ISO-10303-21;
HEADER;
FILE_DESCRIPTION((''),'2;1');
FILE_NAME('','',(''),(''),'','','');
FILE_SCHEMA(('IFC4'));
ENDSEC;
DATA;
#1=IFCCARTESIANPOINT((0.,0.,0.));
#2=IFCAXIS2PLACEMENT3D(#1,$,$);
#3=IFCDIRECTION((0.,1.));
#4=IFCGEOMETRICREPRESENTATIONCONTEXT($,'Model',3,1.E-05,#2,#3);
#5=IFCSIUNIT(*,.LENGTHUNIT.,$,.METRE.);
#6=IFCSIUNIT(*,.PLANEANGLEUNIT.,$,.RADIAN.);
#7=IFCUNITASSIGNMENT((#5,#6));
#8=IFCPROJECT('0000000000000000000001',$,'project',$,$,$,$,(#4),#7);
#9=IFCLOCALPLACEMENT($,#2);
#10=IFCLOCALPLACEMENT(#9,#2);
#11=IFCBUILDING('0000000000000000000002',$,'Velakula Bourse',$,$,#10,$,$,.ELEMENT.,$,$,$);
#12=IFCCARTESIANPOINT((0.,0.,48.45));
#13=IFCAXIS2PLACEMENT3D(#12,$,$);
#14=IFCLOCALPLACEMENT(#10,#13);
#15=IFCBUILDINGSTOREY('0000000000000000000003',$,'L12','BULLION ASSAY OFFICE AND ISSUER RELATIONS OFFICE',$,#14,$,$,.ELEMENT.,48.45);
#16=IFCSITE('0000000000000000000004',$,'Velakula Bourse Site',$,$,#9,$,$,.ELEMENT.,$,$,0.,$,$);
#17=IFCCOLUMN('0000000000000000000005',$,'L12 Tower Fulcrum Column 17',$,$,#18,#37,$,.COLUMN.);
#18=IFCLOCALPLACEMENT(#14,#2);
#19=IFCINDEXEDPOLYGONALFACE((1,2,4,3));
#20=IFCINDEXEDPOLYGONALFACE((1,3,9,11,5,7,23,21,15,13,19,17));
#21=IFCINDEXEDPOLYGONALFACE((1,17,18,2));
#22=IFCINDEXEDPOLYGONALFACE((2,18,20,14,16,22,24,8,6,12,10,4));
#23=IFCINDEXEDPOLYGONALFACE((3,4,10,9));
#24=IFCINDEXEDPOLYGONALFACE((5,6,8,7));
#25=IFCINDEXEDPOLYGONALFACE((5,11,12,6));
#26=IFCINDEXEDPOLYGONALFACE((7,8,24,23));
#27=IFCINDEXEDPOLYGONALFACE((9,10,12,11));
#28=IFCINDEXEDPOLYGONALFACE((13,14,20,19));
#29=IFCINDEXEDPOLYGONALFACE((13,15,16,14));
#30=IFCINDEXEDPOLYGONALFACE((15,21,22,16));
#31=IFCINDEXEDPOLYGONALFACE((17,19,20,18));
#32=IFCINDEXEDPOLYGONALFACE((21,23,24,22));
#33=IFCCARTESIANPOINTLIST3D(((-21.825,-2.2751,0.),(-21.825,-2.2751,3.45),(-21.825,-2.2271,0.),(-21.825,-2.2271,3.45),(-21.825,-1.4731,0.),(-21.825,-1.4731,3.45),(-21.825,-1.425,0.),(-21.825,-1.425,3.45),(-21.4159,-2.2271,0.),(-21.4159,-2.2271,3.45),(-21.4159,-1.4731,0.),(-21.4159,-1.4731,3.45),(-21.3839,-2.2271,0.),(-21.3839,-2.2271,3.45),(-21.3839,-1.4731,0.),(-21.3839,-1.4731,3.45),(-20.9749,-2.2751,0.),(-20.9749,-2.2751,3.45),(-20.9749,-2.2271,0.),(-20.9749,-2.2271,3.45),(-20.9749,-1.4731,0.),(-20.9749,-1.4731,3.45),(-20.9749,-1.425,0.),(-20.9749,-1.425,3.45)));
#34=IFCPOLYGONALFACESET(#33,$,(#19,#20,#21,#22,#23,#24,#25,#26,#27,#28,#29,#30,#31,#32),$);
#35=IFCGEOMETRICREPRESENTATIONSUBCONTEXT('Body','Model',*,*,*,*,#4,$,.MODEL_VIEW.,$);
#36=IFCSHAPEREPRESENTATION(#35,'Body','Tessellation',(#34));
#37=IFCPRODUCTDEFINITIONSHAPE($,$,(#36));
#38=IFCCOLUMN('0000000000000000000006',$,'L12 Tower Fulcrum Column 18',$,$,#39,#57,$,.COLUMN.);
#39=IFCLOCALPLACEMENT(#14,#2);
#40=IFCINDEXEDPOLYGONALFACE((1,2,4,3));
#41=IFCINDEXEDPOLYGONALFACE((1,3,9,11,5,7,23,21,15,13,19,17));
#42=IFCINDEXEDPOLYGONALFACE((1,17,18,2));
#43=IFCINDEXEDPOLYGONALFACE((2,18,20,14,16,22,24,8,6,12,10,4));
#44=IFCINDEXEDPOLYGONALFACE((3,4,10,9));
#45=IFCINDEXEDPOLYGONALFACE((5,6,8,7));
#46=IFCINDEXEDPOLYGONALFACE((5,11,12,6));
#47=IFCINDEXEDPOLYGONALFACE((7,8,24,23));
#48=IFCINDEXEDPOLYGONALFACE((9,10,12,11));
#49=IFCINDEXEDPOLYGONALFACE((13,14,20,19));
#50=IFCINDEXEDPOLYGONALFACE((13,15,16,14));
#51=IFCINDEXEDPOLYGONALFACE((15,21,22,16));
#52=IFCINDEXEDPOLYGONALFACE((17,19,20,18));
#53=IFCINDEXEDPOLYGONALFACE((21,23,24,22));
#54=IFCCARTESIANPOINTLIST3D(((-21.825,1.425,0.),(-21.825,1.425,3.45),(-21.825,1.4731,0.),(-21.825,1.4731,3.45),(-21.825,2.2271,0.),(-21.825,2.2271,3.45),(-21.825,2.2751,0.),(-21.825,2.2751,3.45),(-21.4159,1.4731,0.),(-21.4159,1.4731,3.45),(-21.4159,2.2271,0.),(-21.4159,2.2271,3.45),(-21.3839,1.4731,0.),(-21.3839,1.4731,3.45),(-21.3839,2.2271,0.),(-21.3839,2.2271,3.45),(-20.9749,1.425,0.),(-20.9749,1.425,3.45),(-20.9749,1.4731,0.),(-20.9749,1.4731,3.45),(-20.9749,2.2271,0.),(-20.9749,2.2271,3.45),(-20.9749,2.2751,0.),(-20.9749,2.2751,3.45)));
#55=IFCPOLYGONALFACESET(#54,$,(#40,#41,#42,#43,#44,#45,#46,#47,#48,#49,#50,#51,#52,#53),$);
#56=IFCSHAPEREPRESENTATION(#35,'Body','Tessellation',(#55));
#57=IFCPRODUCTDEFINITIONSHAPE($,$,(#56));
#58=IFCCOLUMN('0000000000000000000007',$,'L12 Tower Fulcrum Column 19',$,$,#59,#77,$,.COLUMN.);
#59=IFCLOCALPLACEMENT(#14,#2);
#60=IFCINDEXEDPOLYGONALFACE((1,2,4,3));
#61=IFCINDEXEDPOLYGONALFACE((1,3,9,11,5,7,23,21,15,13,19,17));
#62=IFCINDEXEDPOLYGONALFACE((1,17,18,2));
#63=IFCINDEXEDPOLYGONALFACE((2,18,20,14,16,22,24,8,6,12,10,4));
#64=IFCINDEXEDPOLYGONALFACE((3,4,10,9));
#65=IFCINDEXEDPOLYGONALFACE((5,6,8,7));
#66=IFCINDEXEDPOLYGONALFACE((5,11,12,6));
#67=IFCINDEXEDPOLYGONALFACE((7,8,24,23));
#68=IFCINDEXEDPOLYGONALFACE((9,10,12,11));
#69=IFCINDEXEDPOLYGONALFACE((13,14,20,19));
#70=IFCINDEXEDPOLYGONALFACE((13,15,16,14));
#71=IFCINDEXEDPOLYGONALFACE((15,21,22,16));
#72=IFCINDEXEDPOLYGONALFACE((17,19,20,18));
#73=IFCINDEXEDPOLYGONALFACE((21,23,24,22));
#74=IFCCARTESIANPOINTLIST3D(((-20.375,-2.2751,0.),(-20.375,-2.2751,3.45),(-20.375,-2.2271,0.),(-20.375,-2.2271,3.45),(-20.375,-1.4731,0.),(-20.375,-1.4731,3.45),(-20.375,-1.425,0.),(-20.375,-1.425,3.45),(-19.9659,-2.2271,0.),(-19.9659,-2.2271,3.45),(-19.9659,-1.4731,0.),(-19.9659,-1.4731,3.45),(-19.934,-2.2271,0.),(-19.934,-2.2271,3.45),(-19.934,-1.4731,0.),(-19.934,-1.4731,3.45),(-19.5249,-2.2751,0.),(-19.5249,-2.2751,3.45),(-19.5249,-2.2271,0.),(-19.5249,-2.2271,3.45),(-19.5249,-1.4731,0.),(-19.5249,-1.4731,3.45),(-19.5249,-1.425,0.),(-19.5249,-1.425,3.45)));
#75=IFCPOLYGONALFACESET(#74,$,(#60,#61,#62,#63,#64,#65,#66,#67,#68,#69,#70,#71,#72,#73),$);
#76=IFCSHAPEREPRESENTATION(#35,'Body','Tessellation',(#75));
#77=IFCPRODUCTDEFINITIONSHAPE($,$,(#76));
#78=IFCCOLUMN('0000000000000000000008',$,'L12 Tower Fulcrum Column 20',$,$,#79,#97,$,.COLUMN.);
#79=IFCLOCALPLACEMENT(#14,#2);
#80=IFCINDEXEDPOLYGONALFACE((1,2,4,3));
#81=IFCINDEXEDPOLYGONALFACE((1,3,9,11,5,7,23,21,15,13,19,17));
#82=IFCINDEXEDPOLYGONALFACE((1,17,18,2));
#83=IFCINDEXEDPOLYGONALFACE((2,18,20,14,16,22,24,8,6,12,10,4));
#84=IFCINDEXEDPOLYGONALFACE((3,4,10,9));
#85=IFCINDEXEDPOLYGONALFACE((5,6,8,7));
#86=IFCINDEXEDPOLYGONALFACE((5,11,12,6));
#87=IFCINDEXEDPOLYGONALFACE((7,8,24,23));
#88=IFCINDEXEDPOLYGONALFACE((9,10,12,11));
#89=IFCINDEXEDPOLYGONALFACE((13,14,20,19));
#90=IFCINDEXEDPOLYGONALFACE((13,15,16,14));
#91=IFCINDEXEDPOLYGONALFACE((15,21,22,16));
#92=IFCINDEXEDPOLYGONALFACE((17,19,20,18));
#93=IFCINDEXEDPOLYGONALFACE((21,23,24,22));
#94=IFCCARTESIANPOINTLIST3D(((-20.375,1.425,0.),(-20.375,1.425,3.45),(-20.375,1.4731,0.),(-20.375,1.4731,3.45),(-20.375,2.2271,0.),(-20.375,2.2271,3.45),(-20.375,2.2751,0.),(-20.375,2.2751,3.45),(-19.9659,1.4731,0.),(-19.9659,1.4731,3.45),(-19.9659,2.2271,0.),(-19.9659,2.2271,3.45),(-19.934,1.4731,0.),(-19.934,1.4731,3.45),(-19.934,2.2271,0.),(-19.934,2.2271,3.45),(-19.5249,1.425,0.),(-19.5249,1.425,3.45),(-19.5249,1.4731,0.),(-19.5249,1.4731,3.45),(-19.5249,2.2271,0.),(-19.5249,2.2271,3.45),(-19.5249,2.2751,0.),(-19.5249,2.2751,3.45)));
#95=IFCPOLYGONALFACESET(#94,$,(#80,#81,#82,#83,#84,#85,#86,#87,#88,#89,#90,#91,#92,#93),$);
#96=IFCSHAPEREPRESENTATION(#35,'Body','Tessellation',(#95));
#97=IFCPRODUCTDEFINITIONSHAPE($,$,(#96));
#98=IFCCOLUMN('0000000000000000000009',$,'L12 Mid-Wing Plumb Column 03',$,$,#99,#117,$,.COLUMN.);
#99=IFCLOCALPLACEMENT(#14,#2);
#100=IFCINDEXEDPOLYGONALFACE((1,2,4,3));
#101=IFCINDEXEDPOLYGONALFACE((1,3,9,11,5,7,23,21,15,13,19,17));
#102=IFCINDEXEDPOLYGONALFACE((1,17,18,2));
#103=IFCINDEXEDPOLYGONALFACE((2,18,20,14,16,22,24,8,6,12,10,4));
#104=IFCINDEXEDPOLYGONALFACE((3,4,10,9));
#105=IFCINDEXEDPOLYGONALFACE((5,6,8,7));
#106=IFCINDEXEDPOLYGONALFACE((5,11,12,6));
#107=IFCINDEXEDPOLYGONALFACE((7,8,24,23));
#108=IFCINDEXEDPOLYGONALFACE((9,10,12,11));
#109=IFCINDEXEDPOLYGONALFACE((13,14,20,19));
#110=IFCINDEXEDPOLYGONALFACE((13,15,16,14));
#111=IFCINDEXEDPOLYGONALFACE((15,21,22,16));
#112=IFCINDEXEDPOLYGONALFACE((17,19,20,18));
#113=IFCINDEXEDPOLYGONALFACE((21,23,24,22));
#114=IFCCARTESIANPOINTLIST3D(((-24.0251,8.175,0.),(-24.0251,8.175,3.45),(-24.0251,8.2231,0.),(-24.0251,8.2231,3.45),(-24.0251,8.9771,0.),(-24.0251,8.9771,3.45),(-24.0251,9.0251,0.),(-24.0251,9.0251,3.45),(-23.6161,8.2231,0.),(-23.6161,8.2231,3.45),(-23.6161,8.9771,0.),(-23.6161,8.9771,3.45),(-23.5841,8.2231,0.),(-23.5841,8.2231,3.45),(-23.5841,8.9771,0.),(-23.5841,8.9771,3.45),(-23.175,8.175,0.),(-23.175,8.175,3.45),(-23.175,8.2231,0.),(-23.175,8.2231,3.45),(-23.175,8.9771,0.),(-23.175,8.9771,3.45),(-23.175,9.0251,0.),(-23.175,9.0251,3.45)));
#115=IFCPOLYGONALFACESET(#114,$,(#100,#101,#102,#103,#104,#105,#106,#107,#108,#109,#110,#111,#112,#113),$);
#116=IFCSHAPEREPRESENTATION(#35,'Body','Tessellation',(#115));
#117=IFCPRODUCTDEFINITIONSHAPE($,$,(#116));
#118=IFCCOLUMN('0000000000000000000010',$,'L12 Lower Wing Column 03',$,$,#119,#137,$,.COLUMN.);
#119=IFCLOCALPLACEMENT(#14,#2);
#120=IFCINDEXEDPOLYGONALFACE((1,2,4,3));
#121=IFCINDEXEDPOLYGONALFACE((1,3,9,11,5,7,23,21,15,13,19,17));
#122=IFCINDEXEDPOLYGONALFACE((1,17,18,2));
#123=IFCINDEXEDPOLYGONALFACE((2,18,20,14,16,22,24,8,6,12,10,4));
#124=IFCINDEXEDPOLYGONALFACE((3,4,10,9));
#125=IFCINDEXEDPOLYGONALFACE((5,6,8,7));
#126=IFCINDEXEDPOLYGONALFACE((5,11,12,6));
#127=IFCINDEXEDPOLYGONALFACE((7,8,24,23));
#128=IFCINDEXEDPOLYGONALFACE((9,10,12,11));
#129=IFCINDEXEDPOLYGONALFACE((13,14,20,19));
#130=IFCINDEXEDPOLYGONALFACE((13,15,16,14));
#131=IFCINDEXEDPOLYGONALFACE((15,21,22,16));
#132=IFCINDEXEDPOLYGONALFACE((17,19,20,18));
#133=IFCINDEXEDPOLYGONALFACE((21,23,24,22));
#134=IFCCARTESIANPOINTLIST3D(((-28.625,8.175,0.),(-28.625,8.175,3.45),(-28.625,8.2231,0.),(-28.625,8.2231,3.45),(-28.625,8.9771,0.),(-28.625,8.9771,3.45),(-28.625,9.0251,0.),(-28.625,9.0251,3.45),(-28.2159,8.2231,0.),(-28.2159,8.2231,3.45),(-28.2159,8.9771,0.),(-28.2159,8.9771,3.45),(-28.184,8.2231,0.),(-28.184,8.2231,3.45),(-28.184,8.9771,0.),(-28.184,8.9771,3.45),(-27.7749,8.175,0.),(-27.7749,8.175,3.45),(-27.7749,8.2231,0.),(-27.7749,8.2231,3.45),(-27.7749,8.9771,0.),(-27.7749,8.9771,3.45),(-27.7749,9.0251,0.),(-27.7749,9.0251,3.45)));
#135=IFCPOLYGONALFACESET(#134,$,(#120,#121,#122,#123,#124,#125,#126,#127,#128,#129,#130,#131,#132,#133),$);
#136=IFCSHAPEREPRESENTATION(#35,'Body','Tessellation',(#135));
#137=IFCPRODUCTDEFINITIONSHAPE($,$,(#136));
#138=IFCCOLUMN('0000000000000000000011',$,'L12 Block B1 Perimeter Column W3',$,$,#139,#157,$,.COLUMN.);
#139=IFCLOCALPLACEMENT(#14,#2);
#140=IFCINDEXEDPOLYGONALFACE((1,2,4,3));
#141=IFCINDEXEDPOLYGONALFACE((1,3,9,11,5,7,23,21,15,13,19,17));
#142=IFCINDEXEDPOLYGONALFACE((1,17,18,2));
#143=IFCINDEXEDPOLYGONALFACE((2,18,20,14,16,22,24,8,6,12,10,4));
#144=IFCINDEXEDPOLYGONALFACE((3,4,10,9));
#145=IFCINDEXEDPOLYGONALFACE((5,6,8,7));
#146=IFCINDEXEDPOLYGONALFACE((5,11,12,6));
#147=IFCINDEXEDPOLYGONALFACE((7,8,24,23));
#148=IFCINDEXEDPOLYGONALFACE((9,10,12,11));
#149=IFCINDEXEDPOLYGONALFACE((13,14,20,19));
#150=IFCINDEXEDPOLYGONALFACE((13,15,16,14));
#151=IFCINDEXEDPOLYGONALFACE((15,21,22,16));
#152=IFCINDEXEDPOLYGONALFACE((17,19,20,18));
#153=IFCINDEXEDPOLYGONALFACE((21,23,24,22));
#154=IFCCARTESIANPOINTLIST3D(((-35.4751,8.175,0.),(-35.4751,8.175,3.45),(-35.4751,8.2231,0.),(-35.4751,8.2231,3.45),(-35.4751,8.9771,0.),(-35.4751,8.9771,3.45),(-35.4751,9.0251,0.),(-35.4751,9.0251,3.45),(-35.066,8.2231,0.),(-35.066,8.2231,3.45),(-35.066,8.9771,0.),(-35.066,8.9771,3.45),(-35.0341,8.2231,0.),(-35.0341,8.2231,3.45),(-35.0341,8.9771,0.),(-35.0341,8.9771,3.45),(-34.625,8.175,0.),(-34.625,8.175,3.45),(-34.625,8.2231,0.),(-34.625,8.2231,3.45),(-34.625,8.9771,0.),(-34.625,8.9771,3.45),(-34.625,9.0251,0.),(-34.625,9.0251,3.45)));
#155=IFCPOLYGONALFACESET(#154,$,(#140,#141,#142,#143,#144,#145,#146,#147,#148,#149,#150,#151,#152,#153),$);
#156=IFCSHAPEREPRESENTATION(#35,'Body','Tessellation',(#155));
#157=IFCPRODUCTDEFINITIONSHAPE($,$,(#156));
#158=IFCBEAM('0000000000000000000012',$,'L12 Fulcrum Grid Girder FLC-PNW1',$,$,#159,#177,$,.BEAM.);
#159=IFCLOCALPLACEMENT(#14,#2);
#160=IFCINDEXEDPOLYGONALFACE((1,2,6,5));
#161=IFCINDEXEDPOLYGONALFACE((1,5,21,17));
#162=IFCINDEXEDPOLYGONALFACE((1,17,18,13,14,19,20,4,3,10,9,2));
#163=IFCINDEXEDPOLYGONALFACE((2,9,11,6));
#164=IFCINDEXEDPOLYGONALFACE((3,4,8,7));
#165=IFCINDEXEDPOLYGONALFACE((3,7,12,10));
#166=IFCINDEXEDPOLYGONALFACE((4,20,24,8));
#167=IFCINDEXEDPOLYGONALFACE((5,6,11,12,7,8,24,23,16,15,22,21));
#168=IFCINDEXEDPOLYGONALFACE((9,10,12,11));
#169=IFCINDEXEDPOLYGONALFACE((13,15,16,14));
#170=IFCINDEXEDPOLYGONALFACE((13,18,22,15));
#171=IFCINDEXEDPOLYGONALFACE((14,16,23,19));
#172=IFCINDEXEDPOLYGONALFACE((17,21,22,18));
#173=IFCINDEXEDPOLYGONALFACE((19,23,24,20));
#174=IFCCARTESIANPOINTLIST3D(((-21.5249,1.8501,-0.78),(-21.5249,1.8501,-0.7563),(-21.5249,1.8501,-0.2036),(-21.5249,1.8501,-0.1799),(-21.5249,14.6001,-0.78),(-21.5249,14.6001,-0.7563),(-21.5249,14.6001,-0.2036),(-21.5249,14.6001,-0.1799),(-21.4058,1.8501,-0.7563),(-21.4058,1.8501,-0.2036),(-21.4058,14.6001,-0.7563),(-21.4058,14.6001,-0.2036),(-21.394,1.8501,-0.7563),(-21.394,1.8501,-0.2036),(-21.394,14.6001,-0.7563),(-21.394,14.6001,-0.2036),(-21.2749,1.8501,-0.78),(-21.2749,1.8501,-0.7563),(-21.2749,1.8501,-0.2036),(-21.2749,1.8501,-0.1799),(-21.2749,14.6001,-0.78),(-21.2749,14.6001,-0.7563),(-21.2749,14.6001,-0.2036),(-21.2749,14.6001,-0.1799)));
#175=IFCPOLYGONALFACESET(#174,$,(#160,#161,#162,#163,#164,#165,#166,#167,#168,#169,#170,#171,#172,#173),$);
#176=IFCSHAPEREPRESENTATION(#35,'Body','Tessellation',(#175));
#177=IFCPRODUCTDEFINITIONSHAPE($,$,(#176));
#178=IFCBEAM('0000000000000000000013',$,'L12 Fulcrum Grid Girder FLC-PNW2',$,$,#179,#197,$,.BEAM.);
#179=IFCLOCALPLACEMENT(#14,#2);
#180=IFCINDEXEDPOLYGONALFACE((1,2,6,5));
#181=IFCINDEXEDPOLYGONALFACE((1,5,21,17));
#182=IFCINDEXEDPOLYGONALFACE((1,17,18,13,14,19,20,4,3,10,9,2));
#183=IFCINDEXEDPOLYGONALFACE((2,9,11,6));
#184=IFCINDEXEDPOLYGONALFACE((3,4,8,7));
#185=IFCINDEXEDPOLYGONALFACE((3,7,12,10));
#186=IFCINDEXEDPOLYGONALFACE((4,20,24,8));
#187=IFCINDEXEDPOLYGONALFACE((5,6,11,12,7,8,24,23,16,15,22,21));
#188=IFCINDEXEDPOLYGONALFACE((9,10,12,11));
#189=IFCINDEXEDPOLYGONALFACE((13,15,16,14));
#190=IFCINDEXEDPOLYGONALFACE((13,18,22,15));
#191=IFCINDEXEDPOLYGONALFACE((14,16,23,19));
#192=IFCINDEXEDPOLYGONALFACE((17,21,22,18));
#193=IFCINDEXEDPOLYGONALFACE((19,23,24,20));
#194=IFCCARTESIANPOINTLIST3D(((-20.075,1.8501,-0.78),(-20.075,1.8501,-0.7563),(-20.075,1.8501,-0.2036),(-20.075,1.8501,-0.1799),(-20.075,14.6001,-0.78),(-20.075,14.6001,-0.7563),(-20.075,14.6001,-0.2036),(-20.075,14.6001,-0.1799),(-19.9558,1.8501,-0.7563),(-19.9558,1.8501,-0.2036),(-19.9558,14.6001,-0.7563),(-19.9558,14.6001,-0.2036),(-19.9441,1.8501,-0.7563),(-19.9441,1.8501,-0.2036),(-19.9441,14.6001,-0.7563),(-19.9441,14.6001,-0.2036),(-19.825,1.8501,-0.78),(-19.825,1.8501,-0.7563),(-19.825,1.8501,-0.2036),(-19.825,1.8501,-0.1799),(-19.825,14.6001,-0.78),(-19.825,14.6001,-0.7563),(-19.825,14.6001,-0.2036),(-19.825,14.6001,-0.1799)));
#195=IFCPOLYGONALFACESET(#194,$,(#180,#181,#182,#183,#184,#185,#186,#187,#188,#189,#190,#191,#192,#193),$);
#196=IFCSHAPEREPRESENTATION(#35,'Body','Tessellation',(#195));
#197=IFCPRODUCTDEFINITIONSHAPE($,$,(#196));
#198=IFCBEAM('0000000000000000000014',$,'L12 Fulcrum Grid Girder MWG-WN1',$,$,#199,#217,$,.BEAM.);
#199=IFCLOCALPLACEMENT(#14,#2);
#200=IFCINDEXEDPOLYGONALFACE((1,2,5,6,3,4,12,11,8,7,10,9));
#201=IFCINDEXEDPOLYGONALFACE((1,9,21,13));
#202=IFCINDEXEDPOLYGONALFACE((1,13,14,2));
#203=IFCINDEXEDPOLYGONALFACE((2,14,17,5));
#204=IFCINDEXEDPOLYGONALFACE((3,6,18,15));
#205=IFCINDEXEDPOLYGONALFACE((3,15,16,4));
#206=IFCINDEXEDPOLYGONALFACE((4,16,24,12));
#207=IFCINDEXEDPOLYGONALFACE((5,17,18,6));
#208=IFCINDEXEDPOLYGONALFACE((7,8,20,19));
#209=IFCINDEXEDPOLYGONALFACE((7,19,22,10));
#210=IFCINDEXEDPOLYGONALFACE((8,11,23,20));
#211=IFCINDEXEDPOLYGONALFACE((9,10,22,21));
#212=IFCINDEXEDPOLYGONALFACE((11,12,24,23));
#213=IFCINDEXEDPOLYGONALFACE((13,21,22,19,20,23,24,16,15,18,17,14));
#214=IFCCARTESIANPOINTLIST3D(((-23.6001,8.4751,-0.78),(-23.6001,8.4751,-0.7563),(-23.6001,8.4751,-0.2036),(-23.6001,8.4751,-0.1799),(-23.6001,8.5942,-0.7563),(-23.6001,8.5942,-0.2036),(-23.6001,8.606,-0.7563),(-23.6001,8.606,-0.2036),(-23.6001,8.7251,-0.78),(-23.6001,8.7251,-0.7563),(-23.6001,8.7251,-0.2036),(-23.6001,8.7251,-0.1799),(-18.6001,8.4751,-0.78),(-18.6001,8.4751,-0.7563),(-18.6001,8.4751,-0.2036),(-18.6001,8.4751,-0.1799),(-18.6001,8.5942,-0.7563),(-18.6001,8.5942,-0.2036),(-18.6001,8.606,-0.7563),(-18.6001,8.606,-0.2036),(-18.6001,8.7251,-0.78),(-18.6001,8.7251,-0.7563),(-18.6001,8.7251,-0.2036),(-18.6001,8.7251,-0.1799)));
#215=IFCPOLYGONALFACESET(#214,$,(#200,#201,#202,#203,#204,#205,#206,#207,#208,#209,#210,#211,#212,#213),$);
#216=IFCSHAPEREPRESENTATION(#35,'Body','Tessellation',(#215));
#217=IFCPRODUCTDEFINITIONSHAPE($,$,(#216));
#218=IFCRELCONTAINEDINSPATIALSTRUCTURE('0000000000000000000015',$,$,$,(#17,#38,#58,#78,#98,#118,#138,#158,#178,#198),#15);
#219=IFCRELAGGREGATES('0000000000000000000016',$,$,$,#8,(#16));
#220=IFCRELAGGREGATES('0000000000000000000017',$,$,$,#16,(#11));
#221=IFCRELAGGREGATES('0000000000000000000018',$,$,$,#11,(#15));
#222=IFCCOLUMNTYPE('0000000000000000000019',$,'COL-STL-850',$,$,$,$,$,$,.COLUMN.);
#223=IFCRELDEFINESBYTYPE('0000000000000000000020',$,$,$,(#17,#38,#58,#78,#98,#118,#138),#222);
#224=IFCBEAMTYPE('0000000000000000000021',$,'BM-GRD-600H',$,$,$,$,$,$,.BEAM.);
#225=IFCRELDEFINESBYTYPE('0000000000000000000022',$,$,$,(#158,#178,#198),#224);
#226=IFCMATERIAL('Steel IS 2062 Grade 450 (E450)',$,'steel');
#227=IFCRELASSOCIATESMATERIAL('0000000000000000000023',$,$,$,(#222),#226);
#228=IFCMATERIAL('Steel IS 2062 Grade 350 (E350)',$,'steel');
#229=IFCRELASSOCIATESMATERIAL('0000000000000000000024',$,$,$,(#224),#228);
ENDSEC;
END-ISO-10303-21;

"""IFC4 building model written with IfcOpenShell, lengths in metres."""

from ifc_helpers import new_model, si_unit, direction, frame, origin, origin_2d, place, context, subcontext, project, spatial, i_section, extrude, material, material_profile, profile_set, type_object, element, save


model = new_model("IFC4")

# Units and contexts
model_context = context("Model", 3, precision=1e-05, world=origin(), true_north=direction((0.0, 1.0)))
body_context = subcontext(model_context, "Body", "Model", "MODEL_VIEW")
ifc_project = project(units=[si_unit("LENGTHUNIT", "METRE"), si_unit("PLANEANGLEUNIT", "RADIAN")], contexts=[model_context])

# Site, building, storey
site_placement = place(None, origin())
site = spatial("IfcSite", under=ifc_project, at=site_placement, Name="Velakula Bourse Site", CompositionType="ELEMENT", RefElevation=0.0)
building_placement = place(site_placement, origin())
building = spatial("IfcBuilding", under=site, at=building_placement, Name="Velakula Bourse", CompositionType="ELEMENT")
storey_placement = place(building_placement, frame((0.0, 0.0, 48.45)))
storey = spatial("IfcBuildingStorey", under=building, at=storey_placement, Name="L12", Description="BULLION ASSAY OFFICE AND ISSUER RELATIONS OFFICE", CompositionType="ELEMENT", Elevation=48.45)

# Columns
ifc_material_1 = material(Name="Steel IS 2062 Grade 450 (E450)", Category="steel")
ifc_material_profile_1 = material_profile(ifc_material_1, i_section(OverallWidth=0.8501, OverallDepth=0.8501, WebThickness=0.032, FlangeThickness=0.0481, at=origin_2d()), Name="Steel IS 2062 Grade 450 (E450)")
ifc_profile_set_1 = profile_set([ifc_material_profile_1], Name="Steel IS 2062 Grade 450 (E450)")
column_type = type_object("IfcColumnType", Name="COL-STL-850", PredefinedType="COLUMN", material=ifc_profile_set_1)
for number, where, z_axis, x_axis, name in (
    (1, (-21.3999, -1.8501, 0.0), (0.0, 0.0, 1.0), (1.0, 0.0, 0.0), "L12 Tower Fulcrum Column 17"),
    (2, (-21.3999, 1.8501, 0.0), (0.0, 0.0, 1.0), (1.0, 0.0, 0.0), "L12 Tower Fulcrum Column 18"),
    (3, (-19.95, -1.8501, 0.0), (0.0, 0.0, 1.0), (1.0, 0.0, 0.0), "L12 Tower Fulcrum Column 19"),
    (4, (-19.95, 1.8501, 0.0), (0.0, 0.0, 1.0), (1.0, 0.0, 0.0), "L12 Tower Fulcrum Column 20"),
    (5, (-23.6001, 8.6001, 0.0), (0.0, 0.0, 1.0), (1.0, 0.0, 0.0), "L12 Mid-Wing Plumb Column 03"),
    (6, (-28.2, 8.6001, 0.0), (0.0, 0.0, 1.0), (1.0, 0.0, 0.0), "L12 Lower Wing Column 03"),
    (7, (-35.05, 8.6001, 0.0), (0.0, 0.0, 1.0), (1.0, 0.0, 0.0), "L12 Block B1 Perimeter Column W3"),
):
    element("IfcColumn", number, at=place(storey_placement, frame(where, z_axis=z_axis, x_axis=x_axis)), inside=storey, type_object=column_type, Name=name, PredefinedType="COLUMN", context=body_context, shape_type="SweptSolid", body=[
        extrude(i_section(OverallWidth=0.8501, OverallDepth=0.8501, WebThickness=0.032, FlangeThickness=0.0481, at=origin_2d()), origin(), (0.0, 0.0, 1.0), 3.45),
    ])

# Beams
ifc_material_2 = material(Name="Steel IS 2062 Grade 350 (E350)", Category="steel")
ifc_material_profile_2 = material_profile(ifc_material_2, i_section(OverallWidth=0.25, OverallDepth=0.6001, WebThickness=0.0117, FlangeThickness=0.0237, at=origin_2d()), Name="Steel IS 2062 Grade 350 (E350)")
ifc_profile_set_2 = profile_set([ifc_material_profile_2], Name="Steel IS 2062 Grade 350 (E350)")
beam_type_1 = type_object("IfcBeamType", Name="BM-GRD-600H", PredefinedType="BEAM", material=ifc_profile_set_2)
for number, where, z_axis, x_axis, name in (
    (8, (-21.3999, 1.8501, -0.48), (0.0, 1.0, 0.0), (-1.0, 0.0, 0.0), "L12 Fulcrum Grid Girder FLC-PNW1"),
    (9, (-19.95, 1.8501, -0.48), (0.0, 1.0, 0.0), (-1.0, 0.0, 0.0), "L12 Fulcrum Grid Girder FLC-PNW2"),
):
    element("IfcBeam", number, at=place(storey_placement, frame(where, z_axis=z_axis, x_axis=x_axis)), inside=storey, type_object=beam_type_1, Name=name, PredefinedType="BEAM", context=body_context, shape_type="SweptSolid", body=[
        extrude(i_section(OverallWidth=0.25, OverallDepth=0.6001, WebThickness=0.0117, FlangeThickness=0.0237, at=origin_2d()), origin(), (0.0, 0.0, 1.0), 12.75),
    ])
beam_1_placement = place(storey_placement, frame((-23.6001, 8.6001, -0.48), z_axis=(1.0, 0.0, 0.0), x_axis=(0.0, 1.0, 0.0)))
element("IfcBeam", 10, at=beam_1_placement, inside=storey, type_object=beam_type_1, Name="L12 Fulcrum Grid Girder MWG-WN1", PredefinedType="BEAM", context=body_context, shape_type="SweptSolid", body=[
    extrude(i_section(OverallWidth=0.25, OverallDepth=0.6001, WebThickness=0.0117, FlangeThickness=0.0237, at=origin_2d()), origin(), (0.0, 0.0, 1.0), 5.0),
])

save(model, "model.ifc")
